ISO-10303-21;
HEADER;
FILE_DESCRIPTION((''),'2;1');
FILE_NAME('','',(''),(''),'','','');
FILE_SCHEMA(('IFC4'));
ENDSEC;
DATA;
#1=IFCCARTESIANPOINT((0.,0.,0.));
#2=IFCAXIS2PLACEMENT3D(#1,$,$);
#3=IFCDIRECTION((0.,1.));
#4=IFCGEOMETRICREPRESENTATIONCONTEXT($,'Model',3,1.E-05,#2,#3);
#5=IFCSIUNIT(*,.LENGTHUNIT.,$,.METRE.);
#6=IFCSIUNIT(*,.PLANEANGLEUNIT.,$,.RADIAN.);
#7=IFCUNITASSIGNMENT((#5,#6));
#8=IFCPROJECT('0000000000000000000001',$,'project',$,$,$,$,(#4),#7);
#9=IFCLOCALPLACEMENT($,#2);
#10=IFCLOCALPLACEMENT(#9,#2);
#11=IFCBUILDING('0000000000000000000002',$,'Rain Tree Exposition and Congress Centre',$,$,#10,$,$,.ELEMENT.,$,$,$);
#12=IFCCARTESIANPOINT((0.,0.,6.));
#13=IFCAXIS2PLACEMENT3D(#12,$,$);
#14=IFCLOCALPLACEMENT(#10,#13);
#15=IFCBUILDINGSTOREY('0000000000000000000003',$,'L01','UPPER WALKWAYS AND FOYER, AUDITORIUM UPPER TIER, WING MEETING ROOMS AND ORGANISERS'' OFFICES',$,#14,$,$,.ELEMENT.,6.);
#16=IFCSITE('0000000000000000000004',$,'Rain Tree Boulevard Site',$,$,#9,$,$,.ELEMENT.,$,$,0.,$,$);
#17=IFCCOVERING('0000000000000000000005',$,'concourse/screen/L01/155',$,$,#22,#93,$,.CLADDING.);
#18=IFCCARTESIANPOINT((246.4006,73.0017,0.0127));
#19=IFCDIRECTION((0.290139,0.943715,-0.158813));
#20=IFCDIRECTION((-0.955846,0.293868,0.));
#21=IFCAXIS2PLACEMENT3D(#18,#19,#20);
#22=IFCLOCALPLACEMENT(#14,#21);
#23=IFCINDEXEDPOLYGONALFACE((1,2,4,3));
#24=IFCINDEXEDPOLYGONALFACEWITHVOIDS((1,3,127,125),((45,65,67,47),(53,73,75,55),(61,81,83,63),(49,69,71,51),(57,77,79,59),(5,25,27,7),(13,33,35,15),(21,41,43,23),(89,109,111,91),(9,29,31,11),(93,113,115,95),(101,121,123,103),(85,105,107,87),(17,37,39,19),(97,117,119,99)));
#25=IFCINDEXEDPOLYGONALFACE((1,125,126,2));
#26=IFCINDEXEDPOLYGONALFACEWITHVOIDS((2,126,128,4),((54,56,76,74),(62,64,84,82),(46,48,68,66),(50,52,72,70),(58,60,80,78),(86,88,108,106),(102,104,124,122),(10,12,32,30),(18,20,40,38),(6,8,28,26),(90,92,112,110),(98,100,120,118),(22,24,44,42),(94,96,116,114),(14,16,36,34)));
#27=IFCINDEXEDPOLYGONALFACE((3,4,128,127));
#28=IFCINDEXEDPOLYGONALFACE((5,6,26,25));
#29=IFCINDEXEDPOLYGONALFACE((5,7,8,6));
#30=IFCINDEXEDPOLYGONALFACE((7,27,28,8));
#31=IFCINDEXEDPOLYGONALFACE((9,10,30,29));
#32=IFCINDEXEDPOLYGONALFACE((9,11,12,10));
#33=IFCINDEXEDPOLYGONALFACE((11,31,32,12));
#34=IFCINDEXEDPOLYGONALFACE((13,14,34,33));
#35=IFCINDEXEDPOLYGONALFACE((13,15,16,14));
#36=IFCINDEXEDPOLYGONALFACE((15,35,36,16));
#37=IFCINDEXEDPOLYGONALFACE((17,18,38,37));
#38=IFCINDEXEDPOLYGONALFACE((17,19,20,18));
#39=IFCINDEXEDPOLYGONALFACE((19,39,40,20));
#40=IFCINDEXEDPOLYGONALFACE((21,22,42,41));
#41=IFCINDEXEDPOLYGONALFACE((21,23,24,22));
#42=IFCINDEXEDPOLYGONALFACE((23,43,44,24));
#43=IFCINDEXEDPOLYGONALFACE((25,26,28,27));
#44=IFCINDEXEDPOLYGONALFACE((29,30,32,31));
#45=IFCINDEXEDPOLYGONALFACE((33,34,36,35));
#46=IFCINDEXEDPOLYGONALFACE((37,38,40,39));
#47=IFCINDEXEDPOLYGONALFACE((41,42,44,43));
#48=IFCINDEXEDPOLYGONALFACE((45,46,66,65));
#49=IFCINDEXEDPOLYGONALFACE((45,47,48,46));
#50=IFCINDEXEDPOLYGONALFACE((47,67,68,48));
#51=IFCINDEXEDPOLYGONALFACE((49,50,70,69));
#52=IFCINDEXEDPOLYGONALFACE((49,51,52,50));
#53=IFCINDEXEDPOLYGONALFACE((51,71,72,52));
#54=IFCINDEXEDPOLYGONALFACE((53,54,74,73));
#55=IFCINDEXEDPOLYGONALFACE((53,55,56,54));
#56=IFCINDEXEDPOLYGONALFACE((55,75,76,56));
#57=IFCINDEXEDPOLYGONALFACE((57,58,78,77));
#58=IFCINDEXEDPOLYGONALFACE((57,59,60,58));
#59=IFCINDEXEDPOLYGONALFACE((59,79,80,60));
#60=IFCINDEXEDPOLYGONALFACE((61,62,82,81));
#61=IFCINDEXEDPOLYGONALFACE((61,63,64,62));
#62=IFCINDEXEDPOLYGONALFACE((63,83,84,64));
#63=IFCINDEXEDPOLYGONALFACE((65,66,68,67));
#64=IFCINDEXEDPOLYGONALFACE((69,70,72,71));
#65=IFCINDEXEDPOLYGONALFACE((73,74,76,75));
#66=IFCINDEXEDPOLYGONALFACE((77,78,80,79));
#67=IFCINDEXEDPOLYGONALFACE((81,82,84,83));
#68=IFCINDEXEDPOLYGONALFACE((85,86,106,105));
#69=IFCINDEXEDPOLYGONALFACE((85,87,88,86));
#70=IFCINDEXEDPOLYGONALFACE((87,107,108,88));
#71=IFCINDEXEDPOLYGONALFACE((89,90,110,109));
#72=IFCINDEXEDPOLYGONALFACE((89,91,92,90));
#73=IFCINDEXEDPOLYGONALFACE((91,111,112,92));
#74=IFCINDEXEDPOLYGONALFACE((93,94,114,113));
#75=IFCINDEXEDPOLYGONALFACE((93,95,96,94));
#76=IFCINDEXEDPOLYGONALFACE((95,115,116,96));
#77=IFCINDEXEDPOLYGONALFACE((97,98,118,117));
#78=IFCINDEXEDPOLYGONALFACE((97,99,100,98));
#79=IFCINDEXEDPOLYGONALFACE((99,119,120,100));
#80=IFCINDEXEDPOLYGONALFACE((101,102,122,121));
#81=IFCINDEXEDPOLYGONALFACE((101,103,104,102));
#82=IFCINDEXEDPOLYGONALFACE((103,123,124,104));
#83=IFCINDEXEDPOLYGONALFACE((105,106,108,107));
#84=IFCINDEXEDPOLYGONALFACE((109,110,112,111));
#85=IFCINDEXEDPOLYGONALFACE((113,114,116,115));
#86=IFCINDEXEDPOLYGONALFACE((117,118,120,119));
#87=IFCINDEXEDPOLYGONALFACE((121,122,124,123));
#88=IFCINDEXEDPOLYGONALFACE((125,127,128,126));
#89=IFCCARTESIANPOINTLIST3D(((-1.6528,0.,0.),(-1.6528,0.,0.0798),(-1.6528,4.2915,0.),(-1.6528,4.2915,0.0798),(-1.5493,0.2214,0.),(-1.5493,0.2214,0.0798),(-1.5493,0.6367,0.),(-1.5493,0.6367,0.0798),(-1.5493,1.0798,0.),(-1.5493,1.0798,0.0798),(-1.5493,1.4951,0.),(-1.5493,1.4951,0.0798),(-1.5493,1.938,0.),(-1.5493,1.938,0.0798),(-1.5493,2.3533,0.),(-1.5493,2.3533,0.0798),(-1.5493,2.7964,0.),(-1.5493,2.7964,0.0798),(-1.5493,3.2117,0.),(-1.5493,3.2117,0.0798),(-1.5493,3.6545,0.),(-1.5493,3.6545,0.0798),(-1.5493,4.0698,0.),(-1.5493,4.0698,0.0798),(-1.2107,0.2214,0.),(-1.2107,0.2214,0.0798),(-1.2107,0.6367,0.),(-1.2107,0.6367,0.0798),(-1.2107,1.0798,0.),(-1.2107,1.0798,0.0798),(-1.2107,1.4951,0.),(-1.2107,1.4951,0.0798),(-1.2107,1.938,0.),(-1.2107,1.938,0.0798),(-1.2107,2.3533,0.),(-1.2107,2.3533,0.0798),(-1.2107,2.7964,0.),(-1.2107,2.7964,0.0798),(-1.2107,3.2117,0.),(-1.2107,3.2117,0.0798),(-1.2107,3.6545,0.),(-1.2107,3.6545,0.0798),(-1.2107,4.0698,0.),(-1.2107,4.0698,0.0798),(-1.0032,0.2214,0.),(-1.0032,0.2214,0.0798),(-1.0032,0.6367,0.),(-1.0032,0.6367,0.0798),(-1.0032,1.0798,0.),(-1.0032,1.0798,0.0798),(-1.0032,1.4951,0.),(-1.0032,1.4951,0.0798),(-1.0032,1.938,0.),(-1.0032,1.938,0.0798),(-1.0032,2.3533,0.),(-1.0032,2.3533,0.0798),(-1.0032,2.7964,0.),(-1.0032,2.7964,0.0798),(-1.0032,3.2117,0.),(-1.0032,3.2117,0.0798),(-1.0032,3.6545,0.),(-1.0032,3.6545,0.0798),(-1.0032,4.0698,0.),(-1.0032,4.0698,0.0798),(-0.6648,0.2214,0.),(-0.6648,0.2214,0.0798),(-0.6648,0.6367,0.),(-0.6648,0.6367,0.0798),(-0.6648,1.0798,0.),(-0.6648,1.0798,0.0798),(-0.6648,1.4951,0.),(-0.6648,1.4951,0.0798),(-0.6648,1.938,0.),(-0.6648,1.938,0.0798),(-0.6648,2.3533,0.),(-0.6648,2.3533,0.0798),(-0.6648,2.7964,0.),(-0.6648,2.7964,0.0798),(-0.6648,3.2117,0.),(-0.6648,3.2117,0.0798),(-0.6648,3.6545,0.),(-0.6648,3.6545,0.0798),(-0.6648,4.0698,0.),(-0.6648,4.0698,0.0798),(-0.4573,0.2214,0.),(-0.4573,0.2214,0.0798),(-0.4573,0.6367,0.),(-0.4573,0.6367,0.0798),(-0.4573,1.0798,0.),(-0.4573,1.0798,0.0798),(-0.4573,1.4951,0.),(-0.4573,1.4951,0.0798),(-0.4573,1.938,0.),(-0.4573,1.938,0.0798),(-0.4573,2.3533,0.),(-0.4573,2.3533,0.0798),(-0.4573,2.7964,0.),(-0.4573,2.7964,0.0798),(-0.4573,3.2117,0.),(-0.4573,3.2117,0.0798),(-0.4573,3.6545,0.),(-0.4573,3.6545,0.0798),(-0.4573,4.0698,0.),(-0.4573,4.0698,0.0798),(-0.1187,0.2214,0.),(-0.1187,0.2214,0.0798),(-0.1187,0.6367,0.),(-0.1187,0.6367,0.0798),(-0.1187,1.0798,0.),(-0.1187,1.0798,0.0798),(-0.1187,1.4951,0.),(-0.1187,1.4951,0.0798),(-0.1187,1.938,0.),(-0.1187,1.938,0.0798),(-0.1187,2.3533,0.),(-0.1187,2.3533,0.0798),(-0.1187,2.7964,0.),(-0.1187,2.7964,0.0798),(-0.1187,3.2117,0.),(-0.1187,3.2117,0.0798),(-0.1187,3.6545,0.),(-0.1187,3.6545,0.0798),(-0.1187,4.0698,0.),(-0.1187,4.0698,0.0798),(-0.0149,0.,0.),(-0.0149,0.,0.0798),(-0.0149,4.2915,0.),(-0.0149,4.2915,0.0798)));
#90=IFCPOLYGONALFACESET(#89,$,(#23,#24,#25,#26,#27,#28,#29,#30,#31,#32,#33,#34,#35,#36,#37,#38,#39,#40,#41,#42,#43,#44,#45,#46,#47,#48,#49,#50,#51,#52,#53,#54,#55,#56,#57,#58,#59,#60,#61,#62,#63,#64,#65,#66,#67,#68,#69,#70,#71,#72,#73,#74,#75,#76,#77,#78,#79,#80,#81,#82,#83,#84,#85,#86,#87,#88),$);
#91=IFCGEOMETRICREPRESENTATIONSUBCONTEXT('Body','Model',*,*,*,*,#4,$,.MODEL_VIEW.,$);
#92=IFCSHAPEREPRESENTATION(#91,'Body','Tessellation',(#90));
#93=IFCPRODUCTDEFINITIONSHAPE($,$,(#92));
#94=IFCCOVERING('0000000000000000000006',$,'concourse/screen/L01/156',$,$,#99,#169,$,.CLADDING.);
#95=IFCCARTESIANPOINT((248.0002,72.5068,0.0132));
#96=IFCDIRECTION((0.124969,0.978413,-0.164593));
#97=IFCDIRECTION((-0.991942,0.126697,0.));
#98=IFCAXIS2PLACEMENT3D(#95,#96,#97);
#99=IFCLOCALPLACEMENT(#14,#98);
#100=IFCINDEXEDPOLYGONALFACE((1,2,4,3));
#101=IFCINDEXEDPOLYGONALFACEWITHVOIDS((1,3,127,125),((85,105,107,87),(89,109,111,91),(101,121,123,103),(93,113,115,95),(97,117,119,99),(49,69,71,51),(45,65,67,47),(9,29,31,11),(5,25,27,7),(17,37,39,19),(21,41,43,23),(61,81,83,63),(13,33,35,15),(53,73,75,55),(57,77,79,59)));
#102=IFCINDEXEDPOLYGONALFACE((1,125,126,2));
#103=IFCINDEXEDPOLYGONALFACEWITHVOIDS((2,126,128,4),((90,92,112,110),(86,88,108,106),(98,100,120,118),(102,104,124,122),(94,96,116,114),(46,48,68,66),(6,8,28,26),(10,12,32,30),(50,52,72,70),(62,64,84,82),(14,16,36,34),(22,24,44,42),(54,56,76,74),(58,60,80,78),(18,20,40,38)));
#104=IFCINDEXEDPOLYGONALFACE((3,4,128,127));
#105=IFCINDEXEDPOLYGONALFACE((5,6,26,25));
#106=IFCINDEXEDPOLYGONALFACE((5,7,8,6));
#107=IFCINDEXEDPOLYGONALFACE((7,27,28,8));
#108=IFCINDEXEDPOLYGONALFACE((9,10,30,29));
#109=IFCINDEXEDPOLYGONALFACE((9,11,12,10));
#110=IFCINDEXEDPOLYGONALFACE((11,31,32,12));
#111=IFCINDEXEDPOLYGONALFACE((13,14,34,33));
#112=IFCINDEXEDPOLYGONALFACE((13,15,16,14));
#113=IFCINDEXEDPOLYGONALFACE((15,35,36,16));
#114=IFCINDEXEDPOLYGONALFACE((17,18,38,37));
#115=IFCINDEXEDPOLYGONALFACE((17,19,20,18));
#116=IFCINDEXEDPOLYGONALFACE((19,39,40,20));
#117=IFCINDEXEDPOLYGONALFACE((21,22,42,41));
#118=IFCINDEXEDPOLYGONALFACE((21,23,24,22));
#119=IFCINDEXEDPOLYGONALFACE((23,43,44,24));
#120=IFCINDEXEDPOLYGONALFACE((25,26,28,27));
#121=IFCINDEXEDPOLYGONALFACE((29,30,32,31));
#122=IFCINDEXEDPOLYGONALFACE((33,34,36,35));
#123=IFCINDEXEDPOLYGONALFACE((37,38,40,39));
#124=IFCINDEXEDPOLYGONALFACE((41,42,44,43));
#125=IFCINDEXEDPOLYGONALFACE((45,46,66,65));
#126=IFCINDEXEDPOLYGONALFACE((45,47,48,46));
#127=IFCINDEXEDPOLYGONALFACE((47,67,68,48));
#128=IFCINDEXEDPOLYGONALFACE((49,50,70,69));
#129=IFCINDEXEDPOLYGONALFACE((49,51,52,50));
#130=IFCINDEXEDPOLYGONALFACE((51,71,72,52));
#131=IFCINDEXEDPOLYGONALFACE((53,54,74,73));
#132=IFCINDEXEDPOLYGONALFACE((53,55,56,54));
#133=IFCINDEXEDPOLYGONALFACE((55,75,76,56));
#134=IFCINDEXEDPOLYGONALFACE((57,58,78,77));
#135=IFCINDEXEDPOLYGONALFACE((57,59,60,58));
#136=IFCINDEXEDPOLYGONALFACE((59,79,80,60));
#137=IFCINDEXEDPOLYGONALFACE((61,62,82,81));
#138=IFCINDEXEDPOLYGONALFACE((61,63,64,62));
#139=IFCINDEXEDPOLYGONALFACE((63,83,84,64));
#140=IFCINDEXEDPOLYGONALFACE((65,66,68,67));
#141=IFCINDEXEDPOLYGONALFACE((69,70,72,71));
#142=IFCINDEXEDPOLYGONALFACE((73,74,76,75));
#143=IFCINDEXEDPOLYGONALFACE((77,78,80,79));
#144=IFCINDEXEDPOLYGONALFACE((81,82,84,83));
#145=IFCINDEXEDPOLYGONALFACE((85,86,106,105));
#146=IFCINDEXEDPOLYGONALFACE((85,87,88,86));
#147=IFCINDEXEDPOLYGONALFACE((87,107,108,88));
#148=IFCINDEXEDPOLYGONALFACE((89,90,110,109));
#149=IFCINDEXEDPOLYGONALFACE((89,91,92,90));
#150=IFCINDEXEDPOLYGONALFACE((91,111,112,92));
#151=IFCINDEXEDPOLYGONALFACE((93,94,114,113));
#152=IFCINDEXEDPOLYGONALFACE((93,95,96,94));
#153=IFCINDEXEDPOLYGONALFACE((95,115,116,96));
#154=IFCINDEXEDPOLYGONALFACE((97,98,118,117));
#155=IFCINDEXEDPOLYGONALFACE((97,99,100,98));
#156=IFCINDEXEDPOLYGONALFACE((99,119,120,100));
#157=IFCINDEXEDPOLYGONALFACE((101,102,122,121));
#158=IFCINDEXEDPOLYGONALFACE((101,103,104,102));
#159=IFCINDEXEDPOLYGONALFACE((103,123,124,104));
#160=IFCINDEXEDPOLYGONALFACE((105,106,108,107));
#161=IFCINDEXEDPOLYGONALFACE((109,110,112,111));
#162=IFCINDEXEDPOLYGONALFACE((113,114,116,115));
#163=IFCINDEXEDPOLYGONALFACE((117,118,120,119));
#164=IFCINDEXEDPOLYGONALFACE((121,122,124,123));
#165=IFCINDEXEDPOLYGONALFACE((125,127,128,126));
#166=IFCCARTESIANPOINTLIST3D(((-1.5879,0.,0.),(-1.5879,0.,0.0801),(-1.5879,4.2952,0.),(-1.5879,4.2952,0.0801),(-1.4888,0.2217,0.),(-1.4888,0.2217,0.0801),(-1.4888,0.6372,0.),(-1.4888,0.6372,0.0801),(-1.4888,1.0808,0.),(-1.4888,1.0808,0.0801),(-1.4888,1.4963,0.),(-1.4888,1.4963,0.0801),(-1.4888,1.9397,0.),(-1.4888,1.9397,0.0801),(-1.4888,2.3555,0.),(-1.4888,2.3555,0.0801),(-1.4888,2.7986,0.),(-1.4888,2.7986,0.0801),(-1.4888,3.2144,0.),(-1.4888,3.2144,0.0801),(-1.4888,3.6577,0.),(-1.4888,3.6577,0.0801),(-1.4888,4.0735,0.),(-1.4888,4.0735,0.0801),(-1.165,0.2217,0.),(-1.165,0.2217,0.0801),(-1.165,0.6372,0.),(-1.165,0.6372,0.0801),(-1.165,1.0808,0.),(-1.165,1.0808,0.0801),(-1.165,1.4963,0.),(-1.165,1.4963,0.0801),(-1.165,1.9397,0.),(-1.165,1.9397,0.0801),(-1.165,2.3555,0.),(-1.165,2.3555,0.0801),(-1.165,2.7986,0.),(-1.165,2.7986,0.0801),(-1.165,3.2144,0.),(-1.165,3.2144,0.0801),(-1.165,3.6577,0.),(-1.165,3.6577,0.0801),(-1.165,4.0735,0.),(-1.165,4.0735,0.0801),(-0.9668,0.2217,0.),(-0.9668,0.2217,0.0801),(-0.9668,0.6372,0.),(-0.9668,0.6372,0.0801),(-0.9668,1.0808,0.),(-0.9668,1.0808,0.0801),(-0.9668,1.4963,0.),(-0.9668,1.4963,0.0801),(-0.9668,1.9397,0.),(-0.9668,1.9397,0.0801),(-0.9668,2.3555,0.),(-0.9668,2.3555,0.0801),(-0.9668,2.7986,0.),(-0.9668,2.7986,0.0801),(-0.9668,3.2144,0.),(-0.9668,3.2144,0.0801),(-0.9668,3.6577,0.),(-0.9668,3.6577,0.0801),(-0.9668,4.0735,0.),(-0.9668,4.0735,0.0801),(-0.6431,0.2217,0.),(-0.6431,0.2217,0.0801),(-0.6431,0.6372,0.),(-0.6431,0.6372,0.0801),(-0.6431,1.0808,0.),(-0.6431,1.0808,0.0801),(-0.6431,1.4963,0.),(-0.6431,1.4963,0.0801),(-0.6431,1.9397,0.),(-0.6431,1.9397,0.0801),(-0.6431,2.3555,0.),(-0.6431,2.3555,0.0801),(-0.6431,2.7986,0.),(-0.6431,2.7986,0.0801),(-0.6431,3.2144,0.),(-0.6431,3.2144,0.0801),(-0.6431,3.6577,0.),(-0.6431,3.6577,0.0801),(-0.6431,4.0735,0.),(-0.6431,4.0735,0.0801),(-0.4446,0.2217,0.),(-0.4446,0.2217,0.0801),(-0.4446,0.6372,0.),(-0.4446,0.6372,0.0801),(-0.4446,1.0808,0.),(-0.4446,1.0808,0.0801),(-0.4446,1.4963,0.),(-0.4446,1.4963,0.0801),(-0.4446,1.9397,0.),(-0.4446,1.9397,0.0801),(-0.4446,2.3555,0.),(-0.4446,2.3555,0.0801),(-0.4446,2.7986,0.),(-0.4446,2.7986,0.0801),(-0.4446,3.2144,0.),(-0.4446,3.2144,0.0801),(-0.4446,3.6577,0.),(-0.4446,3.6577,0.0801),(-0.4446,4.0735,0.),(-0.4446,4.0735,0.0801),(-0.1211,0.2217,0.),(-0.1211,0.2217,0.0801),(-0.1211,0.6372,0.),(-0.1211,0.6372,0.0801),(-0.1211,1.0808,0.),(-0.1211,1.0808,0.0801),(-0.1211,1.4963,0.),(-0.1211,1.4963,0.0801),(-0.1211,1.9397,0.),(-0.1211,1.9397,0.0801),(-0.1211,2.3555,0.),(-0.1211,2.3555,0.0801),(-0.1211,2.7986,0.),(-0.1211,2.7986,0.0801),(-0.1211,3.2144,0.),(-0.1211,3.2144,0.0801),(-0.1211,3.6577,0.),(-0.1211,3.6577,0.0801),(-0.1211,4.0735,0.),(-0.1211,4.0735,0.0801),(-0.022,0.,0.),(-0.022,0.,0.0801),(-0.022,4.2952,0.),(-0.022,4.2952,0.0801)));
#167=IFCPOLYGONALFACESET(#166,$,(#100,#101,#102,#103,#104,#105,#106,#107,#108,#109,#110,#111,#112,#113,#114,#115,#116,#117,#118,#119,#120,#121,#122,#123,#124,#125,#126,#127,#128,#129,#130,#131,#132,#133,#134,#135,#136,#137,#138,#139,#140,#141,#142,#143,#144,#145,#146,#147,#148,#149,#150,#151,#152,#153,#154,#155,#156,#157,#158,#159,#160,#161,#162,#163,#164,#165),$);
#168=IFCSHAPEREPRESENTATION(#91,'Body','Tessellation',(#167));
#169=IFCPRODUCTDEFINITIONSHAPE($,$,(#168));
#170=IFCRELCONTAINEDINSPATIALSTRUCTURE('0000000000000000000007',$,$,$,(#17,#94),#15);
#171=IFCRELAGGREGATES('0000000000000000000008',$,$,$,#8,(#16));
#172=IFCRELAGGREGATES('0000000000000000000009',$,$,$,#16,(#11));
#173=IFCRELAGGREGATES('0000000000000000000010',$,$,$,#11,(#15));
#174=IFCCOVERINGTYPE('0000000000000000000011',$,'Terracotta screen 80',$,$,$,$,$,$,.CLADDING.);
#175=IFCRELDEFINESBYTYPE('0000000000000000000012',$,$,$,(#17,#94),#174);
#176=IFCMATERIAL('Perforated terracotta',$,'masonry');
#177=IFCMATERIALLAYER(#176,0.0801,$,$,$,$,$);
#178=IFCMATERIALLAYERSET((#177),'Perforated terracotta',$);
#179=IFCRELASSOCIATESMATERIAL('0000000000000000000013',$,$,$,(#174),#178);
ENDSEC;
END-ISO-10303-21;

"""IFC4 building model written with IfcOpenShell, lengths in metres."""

from ifc_helpers import new_model, si_unit, direction, frame, origin, place, context, subcontext, project, spatial, polyline, outline, extrude, material, layer, layer_set, type_object, element, save


model = new_model("IFC4")

# Units and contexts
model_context = context("Model", 3, precision=1e-05, world=origin(), true_north=direction((0.0, 1.0)))
body_context = subcontext(model_context, "Body", "Model", "MODEL_VIEW")
ifc_project = project(units=[si_unit("LENGTHUNIT", "METRE"), si_unit("PLANEANGLEUNIT", "RADIAN")], contexts=[model_context])

# Site, building, storey
site_placement = place(None, origin())
site = spatial("IfcSite", under=ifc_project, at=site_placement, Name="Rain Tree Boulevard Site", CompositionType="ELEMENT", RefElevation=0.0)
building_placement = place(site_placement, origin())
building = spatial("IfcBuilding", under=site, at=building_placement, Name="Rain Tree Exposition and Congress Centre", CompositionType="ELEMENT")
storey_placement = place(building_placement, frame((0.0, 0.0, 6.0)))
storey = spatial("IfcBuildingStorey", under=building, at=storey_placement, Name="L01", Description="UPPER WALKWAYS AND FOYER, AUDITORIUM UPPER TIER, WING MEETING ROOMS AND ORGANISERS' OFFICES", CompositionType="ELEMENT", Elevation=6.0)

# Coverings
ifc_material_1 = material(Name="Perforated terracotta", Category="masonry")
ifc_layer_1 = layer(ifc_material_1, 0.0801)
ifc_layer_set_1 = layer_set([ifc_layer_1], Name="Perforated terracotta")
covering_type = type_object("IfcCoveringType", Name="Terracotta screen 80", PredefinedType="CLADDING", material=ifc_layer_set_1)
covering_1_placement = place(storey_placement, frame((246.4006, 73.0017, 0.0127), z_axis=(0.290139, 0.943715, -0.158813), x_axis=(-0.955846, 0.293868, 0.0)))
element("IfcCovering", 1, at=covering_1_placement, inside=storey, type_object=covering_type, Name="concourse/screen/L01/155", PredefinedType="CLADDING", context=body_context, shape_type="SweptSolid", body=[
    extrude(outline(polyline([(-1.6528, 0.0), (-1.6528, 4.2915), (-0.0149, 4.2915), (-0.0149, 0.0), (-1.6528, 0.0)]), holes=[polyline([(-0.1187, 0.2214), (-0.1187, 0.6367), (-0.4573, 0.6367), (-0.4573, 0.2214), (-0.1187, 0.2214)]), polyline([(-0.1187, 1.0798), (-0.1187, 1.4951), (-0.4573, 1.4951), (-0.4573, 1.0798), (-0.1187, 1.0798)]), polyline([(-0.1187, 1.938), (-0.1187, 2.3533), (-0.4573, 2.3533), (-0.4573, 1.938), (-0.1187, 1.938)]), polyline([(-0.1187, 2.7964), (-0.1187, 3.2117), (-0.4573, 3.2117), (-0.4573, 2.7964), (-0.1187, 2.7964)]), polyline([(-0.1187, 3.6545), (-0.1187, 4.0698), (-0.4573, 4.0698), (-0.4573, 3.6545), (-0.1187, 3.6545)]), polyline([(-0.6648, 0.2214), (-0.6648, 0.6367), (-1.0032, 0.6367), (-1.0032, 0.2214), (-0.6648, 0.2214)]), polyline([(-0.6648, 1.0798), (-0.6648, 1.4951), (-1.0032, 1.4951), (-1.0032, 1.0798), (-0.6648, 1.0798)]), polyline([(-0.6648, 1.938), (-0.6648, 2.3533), (-1.0032, 2.3533), (-1.0032, 1.938), (-0.6648, 1.938)]), polyline([(-0.6648, 2.7964), (-0.6648, 3.2117), (-1.0032, 3.2117), (-1.0032, 2.7964), (-0.6648, 2.7964)]), polyline([(-0.6648, 3.6545), (-0.6648, 4.0698), (-1.0032, 4.0698), (-1.0032, 3.6545), (-0.6648, 3.6545)]), polyline([(-1.2107, 0.2214), (-1.2107, 0.6367), (-1.5493, 0.6367), (-1.5493, 0.2214), (-1.2107, 0.2214)]), polyline([(-1.2107, 1.0798), (-1.2107, 1.4951), (-1.5493, 1.4951), (-1.5493, 1.0798), (-1.2107, 1.0798)]), polyline([(-1.2107, 1.938), (-1.2107, 2.3533), (-1.5493, 2.3533), (-1.5493, 1.938), (-1.2107, 1.938)]), polyline([(-1.2107, 2.7964), (-1.2107, 3.2117), (-1.5493, 3.2117), (-1.5493, 2.7964), (-1.2107, 2.7964)]), polyline([(-1.2107, 3.6545), (-1.2107, 4.0698), (-1.5493, 4.0698), (-1.5493, 3.6545), (-1.2107, 3.6545)])]), origin(), (0.0, 0.0, 1.0), 0.0798),
])
covering_2_placement = place(storey_placement, frame((248.0002, 72.5068, 0.0132), z_axis=(0.124969, 0.978413, -0.164593), x_axis=(-0.991942, 0.126697, 0.0)))
element("IfcCovering", 2, at=covering_2_placement, inside=storey, type_object=covering_type, Name="concourse/screen/L01/156", PredefinedType="CLADDING", context=body_context, shape_type="SweptSolid", body=[
    extrude(outline(polyline([(-1.5879, 0.0), (-1.5879, 4.2952), (-0.022, 4.2952), (-0.022, 0.0), (-1.5879, 0.0)]), holes=[polyline([(-0.1211, 0.2217), (-0.1211, 0.6372), (-0.4446, 0.6372), (-0.4446, 0.2217), (-0.1211, 0.2217)]), polyline([(-0.1211, 1.0808), (-0.1211, 1.4963), (-0.4446, 1.4963), (-0.4446, 1.0808), (-0.1211, 1.0808)]), polyline([(-0.1211, 1.9397), (-0.1211, 2.3555), (-0.4446, 2.3555), (-0.4446, 1.9397), (-0.1211, 1.9397)]), polyline([(-0.1211, 2.7986), (-0.1211, 3.2144), (-0.4446, 3.2144), (-0.4446, 2.7986), (-0.1211, 2.7986)]), polyline([(-0.1211, 3.6577), (-0.1211, 4.0735), (-0.4446, 4.0735), (-0.4446, 3.6577), (-0.1211, 3.6577)]), polyline([(-0.6431, 0.2217), (-0.6431, 0.6372), (-0.9668, 0.6372), (-0.9668, 0.2217), (-0.6431, 0.2217)]), polyline([(-0.6431, 1.0808), (-0.6431, 1.4963), (-0.9668, 1.4963), (-0.9668, 1.0808), (-0.6431, 1.0808)]), polyline([(-0.6431, 1.9397), (-0.6431, 2.3555), (-0.9668, 2.3555), (-0.9668, 1.9397), (-0.6431, 1.9397)]), polyline([(-0.6431, 2.7986), (-0.6431, 3.2144), (-0.9668, 3.2144), (-0.9668, 2.7986), (-0.6431, 2.7986)]), polyline([(-0.6431, 3.6577), (-0.6431, 4.0735), (-0.9668, 4.0735), (-0.9668, 3.6577), (-0.6431, 3.6577)]), polyline([(-1.165, 0.2217), (-1.165, 0.6372), (-1.4888, 0.6372), (-1.4888, 0.2217), (-1.165, 0.2217)]), polyline([(-1.165, 1.0808), (-1.165, 1.4963), (-1.4888, 1.4963), (-1.4888, 1.0808), (-1.165, 1.0808)]), polyline([(-1.165, 1.9397), (-1.165, 2.3555), (-1.4888, 2.3555), (-1.4888, 1.9397), (-1.165, 1.9397)]), polyline([(-1.165, 2.7986), (-1.165, 3.2144), (-1.4888, 3.2144), (-1.4888, 2.7986), (-1.165, 2.7986)]), polyline([(-1.165, 3.6577), (-1.165, 4.0735), (-1.4888, 4.0735), (-1.4888, 3.6577), (-1.165, 3.6577)])]), origin(), (0.0, 0.0, 1.0), 0.0801),
])

save(model, "model.ifc")
